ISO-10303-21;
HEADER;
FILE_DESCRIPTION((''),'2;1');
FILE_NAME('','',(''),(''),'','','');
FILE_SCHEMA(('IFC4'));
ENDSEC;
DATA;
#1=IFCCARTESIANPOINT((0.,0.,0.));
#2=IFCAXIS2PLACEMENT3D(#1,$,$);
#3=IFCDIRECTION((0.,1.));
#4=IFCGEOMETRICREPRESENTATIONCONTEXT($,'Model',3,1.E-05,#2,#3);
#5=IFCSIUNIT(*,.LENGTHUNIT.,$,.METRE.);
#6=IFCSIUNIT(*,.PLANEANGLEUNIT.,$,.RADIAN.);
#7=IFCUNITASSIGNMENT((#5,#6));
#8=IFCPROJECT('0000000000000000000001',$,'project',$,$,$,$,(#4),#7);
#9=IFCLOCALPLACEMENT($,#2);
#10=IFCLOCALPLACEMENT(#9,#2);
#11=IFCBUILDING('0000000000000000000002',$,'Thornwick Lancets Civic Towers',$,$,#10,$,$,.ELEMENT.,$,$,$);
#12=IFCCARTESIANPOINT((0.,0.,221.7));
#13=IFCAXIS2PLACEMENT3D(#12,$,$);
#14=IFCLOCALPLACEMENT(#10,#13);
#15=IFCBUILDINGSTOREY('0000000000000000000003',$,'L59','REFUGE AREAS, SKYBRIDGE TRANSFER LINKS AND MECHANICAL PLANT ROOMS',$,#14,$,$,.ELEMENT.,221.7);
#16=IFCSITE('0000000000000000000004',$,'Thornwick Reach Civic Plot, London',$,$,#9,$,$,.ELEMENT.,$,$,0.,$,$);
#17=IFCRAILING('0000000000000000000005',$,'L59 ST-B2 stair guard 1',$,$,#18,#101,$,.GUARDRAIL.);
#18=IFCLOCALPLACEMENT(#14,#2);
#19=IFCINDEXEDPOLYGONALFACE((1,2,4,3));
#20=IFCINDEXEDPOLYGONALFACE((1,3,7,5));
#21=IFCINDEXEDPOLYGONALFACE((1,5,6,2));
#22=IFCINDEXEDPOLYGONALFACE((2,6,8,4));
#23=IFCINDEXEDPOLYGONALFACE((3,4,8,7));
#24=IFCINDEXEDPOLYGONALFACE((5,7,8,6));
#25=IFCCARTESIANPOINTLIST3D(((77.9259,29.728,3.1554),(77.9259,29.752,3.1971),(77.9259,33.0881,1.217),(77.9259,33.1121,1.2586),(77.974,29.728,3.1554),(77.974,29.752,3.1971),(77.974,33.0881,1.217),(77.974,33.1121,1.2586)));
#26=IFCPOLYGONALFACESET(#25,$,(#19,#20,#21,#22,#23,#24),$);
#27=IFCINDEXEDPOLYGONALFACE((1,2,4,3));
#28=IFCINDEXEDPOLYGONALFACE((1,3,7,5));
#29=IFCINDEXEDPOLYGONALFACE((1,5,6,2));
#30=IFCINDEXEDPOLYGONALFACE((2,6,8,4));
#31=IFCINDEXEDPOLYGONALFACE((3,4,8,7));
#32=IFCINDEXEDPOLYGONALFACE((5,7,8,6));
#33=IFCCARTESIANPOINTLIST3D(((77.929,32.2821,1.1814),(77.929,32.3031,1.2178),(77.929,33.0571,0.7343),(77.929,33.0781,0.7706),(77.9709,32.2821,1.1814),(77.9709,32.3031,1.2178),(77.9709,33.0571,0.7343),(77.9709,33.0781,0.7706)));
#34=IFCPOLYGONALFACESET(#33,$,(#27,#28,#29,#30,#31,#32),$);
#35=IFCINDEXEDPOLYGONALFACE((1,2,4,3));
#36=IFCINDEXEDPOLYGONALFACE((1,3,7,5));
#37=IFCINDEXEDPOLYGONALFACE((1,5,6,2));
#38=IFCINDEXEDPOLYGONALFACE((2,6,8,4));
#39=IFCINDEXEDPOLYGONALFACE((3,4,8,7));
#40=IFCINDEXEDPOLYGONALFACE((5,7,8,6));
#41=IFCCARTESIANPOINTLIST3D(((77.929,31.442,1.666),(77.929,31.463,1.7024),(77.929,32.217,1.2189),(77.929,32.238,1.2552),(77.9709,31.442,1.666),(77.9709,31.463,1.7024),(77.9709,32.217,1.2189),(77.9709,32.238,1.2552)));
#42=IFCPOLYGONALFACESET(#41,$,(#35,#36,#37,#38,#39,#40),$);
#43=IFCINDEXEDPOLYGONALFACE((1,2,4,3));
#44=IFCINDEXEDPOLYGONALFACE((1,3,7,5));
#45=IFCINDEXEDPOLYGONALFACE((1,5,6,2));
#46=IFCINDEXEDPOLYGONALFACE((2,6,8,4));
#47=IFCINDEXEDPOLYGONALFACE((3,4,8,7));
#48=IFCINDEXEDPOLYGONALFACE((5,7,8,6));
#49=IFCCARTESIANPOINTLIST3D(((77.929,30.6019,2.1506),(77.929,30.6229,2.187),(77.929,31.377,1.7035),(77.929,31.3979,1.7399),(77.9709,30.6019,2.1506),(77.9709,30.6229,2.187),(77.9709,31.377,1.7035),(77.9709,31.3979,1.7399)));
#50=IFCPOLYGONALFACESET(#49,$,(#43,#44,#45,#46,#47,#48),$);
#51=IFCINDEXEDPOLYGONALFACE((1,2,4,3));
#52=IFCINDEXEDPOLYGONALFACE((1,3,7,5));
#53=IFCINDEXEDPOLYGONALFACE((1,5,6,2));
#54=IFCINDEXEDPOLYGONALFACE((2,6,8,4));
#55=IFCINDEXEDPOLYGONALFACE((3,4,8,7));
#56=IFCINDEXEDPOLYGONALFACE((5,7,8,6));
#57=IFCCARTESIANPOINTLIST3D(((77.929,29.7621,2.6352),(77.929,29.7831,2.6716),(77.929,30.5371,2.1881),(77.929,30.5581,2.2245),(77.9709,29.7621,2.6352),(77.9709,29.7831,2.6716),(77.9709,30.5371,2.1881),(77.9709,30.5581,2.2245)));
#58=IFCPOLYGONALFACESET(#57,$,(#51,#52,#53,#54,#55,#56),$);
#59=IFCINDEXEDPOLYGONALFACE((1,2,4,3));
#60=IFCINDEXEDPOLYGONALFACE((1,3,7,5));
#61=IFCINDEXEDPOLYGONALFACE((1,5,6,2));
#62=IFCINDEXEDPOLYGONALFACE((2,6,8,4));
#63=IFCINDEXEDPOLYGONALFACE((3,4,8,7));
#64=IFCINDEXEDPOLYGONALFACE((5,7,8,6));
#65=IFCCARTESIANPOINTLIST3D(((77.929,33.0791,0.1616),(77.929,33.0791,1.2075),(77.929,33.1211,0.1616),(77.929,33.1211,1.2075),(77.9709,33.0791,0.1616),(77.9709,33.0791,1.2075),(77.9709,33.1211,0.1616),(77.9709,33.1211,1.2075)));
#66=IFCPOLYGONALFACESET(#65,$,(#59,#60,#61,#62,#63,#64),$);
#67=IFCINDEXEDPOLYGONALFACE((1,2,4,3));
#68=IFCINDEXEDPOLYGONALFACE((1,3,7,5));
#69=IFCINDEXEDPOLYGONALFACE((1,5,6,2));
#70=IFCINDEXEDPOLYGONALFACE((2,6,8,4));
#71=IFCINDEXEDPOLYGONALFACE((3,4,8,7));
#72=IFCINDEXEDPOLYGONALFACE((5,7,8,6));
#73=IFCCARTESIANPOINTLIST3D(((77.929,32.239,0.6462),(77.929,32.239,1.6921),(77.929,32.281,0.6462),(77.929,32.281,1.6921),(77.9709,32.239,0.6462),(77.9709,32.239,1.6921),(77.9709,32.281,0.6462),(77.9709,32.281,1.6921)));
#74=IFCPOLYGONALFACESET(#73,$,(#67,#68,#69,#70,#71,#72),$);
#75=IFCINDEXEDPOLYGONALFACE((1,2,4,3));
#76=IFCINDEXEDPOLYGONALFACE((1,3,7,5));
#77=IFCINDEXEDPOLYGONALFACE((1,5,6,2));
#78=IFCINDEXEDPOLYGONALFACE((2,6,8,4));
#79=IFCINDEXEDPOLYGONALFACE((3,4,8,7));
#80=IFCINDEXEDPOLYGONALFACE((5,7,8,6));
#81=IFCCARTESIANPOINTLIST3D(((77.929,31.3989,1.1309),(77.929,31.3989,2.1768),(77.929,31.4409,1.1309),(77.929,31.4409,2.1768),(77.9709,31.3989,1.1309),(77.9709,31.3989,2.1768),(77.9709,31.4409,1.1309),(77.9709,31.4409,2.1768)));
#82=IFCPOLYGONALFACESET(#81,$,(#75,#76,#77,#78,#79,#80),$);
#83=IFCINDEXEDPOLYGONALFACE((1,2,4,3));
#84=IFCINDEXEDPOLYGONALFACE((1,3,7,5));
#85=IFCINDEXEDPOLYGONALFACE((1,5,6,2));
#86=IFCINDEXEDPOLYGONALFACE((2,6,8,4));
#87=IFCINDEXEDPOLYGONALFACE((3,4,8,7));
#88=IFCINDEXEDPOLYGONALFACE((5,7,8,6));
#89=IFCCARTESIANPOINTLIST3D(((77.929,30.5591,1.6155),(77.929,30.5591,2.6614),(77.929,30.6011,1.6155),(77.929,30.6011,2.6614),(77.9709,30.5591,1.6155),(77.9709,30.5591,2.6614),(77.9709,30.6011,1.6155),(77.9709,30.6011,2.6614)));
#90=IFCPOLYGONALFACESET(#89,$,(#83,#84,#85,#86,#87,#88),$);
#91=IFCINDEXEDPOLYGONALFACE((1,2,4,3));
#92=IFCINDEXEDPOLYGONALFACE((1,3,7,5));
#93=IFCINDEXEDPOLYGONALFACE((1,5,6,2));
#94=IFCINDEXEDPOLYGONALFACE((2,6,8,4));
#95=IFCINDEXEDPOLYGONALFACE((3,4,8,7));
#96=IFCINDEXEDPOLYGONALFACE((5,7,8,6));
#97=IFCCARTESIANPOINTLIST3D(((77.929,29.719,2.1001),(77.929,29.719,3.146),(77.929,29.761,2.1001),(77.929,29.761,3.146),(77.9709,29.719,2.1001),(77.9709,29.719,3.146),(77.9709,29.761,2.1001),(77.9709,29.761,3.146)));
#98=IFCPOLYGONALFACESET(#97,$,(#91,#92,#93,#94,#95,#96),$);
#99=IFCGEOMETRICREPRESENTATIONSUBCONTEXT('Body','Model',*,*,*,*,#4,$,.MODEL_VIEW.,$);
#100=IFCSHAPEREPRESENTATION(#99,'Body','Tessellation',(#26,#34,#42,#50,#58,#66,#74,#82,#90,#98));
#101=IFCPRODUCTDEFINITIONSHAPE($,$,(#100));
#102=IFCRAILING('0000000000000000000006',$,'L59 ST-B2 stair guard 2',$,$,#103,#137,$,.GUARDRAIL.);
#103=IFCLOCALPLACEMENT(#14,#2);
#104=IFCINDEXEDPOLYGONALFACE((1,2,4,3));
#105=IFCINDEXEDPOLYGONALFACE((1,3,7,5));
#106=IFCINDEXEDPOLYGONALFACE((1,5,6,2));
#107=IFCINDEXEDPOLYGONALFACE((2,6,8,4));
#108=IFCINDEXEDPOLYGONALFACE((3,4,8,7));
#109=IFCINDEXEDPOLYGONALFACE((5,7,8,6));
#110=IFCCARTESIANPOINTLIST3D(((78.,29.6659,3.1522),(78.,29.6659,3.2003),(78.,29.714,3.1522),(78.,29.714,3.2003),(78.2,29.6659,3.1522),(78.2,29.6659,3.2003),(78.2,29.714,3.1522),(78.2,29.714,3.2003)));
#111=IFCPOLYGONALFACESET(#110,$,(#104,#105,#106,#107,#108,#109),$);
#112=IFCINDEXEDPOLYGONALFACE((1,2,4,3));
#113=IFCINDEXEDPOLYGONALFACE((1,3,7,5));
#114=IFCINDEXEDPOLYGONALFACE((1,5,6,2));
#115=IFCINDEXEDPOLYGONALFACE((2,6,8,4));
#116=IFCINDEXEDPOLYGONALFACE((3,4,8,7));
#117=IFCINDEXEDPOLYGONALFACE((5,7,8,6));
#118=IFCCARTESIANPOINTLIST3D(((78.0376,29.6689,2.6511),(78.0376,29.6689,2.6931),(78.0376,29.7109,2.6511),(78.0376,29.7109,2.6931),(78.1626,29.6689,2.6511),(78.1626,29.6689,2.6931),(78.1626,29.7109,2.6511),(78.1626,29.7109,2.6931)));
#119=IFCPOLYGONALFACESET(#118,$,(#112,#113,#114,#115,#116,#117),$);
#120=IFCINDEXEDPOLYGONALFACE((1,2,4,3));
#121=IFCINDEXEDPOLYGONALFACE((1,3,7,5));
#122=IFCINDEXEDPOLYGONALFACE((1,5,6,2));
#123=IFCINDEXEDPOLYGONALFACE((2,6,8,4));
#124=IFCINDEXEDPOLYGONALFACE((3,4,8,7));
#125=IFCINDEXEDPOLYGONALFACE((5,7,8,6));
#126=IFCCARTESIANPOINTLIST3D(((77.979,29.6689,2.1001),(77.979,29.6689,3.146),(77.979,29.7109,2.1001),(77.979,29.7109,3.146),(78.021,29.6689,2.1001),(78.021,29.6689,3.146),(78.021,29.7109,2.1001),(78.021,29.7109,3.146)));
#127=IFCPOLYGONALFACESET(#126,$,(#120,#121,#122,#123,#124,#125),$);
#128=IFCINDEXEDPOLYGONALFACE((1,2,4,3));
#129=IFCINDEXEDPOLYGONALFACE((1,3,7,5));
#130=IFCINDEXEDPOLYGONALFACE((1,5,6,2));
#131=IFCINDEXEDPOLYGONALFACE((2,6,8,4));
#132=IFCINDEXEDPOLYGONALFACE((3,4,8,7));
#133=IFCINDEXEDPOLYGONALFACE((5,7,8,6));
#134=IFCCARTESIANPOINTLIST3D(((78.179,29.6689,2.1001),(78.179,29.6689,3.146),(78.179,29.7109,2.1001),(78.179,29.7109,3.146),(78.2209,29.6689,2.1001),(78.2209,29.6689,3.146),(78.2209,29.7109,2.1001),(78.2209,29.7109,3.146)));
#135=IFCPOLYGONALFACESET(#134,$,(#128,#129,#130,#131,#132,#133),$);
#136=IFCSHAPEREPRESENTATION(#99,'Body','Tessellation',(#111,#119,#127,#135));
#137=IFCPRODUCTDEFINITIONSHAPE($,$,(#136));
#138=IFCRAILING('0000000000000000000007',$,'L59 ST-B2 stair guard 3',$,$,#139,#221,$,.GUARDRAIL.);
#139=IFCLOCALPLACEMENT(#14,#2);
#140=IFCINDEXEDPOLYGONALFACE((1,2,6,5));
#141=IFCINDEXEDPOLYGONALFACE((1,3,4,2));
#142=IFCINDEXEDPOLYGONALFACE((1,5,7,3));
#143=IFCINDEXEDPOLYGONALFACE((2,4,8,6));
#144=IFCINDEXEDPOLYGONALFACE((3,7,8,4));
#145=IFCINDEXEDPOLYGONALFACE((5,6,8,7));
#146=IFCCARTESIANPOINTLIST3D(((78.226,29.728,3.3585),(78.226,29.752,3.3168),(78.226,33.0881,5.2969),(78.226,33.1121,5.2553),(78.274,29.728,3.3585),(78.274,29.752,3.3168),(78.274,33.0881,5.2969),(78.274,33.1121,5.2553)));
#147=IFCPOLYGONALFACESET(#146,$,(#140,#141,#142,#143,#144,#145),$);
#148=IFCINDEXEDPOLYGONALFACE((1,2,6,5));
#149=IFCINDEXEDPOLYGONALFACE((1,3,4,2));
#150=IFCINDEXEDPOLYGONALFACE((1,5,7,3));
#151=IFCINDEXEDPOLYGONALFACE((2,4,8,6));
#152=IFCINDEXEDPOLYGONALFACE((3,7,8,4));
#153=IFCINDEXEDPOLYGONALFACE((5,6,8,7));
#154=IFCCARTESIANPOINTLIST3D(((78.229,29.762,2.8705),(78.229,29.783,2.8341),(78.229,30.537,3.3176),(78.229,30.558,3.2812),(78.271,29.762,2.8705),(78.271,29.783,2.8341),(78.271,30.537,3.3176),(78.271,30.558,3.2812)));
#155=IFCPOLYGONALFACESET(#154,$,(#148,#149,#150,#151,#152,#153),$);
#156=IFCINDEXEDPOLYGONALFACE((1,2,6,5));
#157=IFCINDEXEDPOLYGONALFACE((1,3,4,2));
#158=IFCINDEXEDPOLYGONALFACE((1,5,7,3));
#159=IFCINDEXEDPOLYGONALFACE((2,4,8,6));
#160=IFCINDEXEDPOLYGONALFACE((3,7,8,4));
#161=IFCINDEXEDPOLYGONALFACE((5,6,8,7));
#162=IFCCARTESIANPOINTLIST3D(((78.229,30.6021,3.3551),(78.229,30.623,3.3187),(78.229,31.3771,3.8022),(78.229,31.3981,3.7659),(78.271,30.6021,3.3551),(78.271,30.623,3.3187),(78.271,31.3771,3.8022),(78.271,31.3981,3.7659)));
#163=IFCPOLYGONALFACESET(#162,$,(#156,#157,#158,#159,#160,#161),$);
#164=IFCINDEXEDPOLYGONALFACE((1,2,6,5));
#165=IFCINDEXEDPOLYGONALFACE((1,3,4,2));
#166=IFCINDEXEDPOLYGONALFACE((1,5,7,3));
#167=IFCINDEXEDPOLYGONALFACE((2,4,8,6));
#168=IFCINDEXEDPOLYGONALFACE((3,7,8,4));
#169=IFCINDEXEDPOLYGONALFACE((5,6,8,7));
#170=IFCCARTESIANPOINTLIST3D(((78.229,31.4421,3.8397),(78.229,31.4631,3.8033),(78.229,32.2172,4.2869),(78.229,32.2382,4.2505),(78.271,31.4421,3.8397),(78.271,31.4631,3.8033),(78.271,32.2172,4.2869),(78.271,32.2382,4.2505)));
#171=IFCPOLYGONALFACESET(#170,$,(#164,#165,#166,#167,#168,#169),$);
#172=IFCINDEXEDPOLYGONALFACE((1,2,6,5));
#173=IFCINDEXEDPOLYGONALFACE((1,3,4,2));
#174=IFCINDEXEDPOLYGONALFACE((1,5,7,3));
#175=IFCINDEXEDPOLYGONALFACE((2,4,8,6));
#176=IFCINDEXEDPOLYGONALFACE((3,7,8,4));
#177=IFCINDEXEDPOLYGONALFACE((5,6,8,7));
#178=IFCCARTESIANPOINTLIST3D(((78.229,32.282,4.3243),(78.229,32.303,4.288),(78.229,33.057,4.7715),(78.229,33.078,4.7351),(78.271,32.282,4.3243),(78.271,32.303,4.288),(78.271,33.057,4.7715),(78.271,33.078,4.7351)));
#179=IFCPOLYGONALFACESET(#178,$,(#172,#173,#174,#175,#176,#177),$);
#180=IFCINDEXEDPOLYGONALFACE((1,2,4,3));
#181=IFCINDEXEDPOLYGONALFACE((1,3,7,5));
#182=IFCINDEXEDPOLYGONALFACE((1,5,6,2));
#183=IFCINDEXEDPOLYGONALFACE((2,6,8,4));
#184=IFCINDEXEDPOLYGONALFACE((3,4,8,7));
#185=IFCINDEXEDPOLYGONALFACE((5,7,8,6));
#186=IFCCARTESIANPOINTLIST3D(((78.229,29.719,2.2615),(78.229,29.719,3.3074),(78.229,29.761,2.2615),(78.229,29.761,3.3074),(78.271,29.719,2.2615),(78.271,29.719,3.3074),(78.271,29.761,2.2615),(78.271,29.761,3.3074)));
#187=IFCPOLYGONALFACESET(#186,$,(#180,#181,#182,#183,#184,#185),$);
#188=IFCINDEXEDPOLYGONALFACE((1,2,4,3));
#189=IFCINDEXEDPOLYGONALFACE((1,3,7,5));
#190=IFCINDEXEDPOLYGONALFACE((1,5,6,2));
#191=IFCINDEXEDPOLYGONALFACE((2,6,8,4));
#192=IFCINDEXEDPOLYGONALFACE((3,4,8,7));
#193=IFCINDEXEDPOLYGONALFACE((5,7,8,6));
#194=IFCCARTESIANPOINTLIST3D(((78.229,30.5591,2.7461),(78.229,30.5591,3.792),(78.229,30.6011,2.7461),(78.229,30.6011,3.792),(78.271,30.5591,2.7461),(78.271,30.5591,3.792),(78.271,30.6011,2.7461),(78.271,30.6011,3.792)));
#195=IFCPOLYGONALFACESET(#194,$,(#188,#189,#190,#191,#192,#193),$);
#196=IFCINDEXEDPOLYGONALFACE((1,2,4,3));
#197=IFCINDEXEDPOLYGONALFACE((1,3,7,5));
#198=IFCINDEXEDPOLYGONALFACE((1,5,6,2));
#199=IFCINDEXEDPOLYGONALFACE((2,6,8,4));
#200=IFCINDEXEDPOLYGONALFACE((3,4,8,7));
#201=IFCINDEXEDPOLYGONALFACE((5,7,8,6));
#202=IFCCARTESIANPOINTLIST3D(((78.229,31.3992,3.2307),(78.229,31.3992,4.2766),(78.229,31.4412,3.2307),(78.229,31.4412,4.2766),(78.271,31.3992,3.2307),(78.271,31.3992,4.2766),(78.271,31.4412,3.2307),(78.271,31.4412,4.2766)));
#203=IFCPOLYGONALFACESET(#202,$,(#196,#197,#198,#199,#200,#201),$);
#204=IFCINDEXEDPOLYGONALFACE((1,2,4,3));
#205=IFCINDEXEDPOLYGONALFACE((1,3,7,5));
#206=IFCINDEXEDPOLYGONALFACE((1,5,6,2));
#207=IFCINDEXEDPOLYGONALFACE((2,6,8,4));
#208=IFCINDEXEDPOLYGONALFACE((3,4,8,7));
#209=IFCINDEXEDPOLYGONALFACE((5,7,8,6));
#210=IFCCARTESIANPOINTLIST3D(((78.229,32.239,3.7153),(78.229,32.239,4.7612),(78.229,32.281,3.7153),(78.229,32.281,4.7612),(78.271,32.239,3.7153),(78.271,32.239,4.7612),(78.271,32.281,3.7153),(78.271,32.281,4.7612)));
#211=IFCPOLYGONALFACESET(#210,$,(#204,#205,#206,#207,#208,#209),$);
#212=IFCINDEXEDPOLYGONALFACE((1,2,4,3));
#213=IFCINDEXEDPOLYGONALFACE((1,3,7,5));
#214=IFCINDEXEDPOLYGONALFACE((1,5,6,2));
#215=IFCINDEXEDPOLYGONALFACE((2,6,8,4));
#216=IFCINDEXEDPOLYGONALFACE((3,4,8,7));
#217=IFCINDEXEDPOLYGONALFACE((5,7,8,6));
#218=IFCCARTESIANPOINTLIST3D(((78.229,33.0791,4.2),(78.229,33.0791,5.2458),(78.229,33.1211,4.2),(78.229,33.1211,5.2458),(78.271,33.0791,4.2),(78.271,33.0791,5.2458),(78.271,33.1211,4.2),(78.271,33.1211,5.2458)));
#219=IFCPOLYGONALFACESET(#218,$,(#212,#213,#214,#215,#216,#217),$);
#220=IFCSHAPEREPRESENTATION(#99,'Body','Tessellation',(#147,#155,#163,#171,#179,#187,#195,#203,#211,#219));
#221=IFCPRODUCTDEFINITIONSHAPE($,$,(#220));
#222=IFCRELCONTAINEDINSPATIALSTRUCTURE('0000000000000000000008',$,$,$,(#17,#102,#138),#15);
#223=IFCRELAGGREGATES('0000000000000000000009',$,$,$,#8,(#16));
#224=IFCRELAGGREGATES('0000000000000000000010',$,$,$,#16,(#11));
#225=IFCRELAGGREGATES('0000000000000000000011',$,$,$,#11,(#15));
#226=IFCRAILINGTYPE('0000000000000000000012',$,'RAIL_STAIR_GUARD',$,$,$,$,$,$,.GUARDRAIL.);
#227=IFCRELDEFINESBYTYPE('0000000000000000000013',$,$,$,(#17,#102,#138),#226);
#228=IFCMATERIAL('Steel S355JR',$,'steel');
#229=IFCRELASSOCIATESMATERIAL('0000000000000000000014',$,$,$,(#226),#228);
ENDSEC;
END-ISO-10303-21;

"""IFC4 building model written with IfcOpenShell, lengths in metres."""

from ifc_helpers import new_model, si_unit, direction, frame, origin, origin_2d, place, context, subcontext, project, spatial, rectangle, extrude, material, type_object, element, save


model = new_model("IFC4")

# Units and contexts
model_context = context("Model", 3, precision=1e-05, world=origin(), true_north=direction((0.0, 1.0)))
body_context = subcontext(model_context, "Body", "Model", "MODEL_VIEW")
ifc_project = project(units=[si_unit("LENGTHUNIT", "METRE"), si_unit("PLANEANGLEUNIT", "RADIAN")], contexts=[model_context])

# Site, building, storey
site_placement = place(None, origin())
site = spatial("IfcSite", under=ifc_project, at=site_placement, Name="Thornwick Reach Civic Plot, London", CompositionType="ELEMENT", RefElevation=0.0)
building_placement = place(site_placement, origin())
building = spatial("IfcBuilding", under=site, at=building_placement, Name="Thornwick Lancets Civic Towers", CompositionType="ELEMENT")
storey_placement = place(building_placement, frame((0.0, 0.0, 221.7)))
storey = spatial("IfcBuildingStorey", under=building, at=storey_placement, Name="L59", Description="REFUGE AREAS, SKYBRIDGE TRANSFER LINKS AND MECHANICAL PLANT ROOMS", CompositionType="ELEMENT", Elevation=221.7)

# Shared definitions
ifc_material_1 = material(Name="Steel S355JR", Category="steel")

# Railings
railing_type_1 = type_object("IfcRailingType", Name="RAIL_STAIR_GUARD", PredefinedType="GUARDRAIL", material=ifc_material_1)
railing_1_placement = place(storey_placement, frame((77.95, 33.1001, 0.1616)))
element("IfcRailing", 1, at=railing_1_placement, inside=storey, type_object=railing_type_1, Name="L59 ST-B2 stair guard 1", PredefinedType="GUARDRAIL", context=body_context, shape_type="SweptSolid", body=[
    extrude(rectangle(XDim=0.0481, YDim=0.0481, at=origin_2d()), frame((0.0, 0.0, 1.0762), z_axis=(0.0, -0.866191, 0.499713), x_axis=(1.0, 0.0, 0.0)), (0.0, 0.0, 1.0), 3.8792),
    extrude(rectangle(XDim=0.042, YDim=0.042, at=origin_2d()), frame((0.0, -0.0325, 0.5908), z_axis=(0.0, -0.866191, 0.499713), x_axis=(1.0, 0.0, 0.0)), (0.0, 0.0, 1.0), 0.8948),
    extrude(rectangle(XDim=0.042, YDim=0.042, at=origin_2d()), frame((0.0, -0.8726, 1.0754), z_axis=(0.0, -0.866191, 0.499713), x_axis=(1.0, 0.0, 0.0)), (0.0, 0.0, 1.0), 0.8948),
    extrude(rectangle(XDim=0.042, YDim=0.042, at=origin_2d()), frame((0.0, -1.7126, 1.5601), z_axis=(0.0, -0.866191, 0.499713), x_axis=(1.0, 0.0, 0.0)), (0.0, 0.0, 1.0), 0.8948),
    extrude(rectangle(XDim=0.042, YDim=0.042, at=origin_2d()), frame((0.0, -2.5525, 2.0447), z_axis=(0.0, -0.866191, 0.499713), x_axis=(1.0, 0.0, 0.0)), (0.0, 0.0, 1.0), 0.8948),
    extrude(rectangle(XDim=0.042, YDim=0.042, at=origin_2d()), origin(), (0.0, 0.0, 1.0), 1.0459),
    extrude(rectangle(XDim=0.042, YDim=0.042, at=origin_2d()), frame((0.0, -0.8401, 0.4846)), (0.0, 0.0, 1.0), 1.0459),
    extrude(rectangle(XDim=0.042, YDim=0.042, at=origin_2d()), frame((0.0, -1.6802, 0.9692)), (0.0, 0.0, 1.0), 1.0459),
    extrude(rectangle(XDim=0.042, YDim=0.042, at=origin_2d()), frame((0.0, -2.52, 1.4539)), (0.0, 0.0, 1.0), 1.0459),
    extrude(rectangle(XDim=0.042, YDim=0.042, at=origin_2d()), frame((0.0, -3.3601, 1.9385)), (0.0, 0.0, 1.0), 1.0459),
])
railing_2_placement = place(storey_placement, frame((78.0, 29.6899, 2.1001)))
element("IfcRailing", 2, at=railing_2_placement, inside=storey, type_object=railing_type_1, Name="L59 ST-B2 stair guard 2", PredefinedType="GUARDRAIL", context=body_context, shape_type="SweptSolid", body=[
    extrude(rectangle(XDim=0.0481, YDim=0.0481, at=origin_2d()), frame((0.0, 0.0, 1.0762), z_axis=(1.0, 0.0, 0.0), x_axis=(0.0, 1.0, 0.0)), (0.0, 0.0, 1.0), 0.2),
    extrude(rectangle(XDim=0.042, YDim=0.042, at=origin_2d()), frame((0.0376, 0.0, 0.572), z_axis=(1.0, 0.0, 0.0), x_axis=(0.0, 1.0, 0.0)), (0.0, 0.0, 1.0), 0.125),
    extrude(rectangle(XDim=0.042, YDim=0.042, at=origin_2d()), origin(), (0.0, 0.0, 1.0), 1.0459),
    extrude(rectangle(XDim=0.042, YDim=0.042, at=origin_2d()), frame((0.2, 0.0, 0.0)), (0.0, 0.0, 1.0), 1.0459),
])
railing_3_placement = place(storey_placement, frame((78.25, 29.74, 2.2615)))
element("IfcRailing", 3, at=railing_3_placement, inside=storey, type_object=railing_type_1, Name="L59 ST-B2 stair guard 3", PredefinedType="GUARDRAIL", context=body_context, shape_type="SweptSolid", body=[
    extrude(rectangle(XDim=0.0481, YDim=0.0481, at=origin_2d()), frame((0.0, 0.0, 1.0762), z_axis=(0.0, 0.866191, 0.499713), x_axis=(-1.0, 0.0, 0.0)), (0.0, 0.0, 1.0), 3.8792),
    extrude(rectangle(XDim=0.042, YDim=0.042, at=origin_2d()), frame((0.0, 0.0325, 0.5908), z_axis=(0.0, 0.866191, 0.499713), x_axis=(-1.0, 0.0, 0.0)), (0.0, 0.0, 1.0), 0.8948),
    extrude(rectangle(XDim=0.042, YDim=0.042, at=origin_2d()), frame((0.0, 0.8726, 1.0754), z_axis=(0.0, 0.866191, 0.499713), x_axis=(-1.0, 0.0, 0.0)), (0.0, 0.0, 1.0), 0.8948),
    extrude(rectangle(XDim=0.042, YDim=0.042, at=origin_2d()), frame((0.0, 1.7126, 1.5601), z_axis=(0.0, 0.866191, 0.499713), x_axis=(-1.0, 0.0, 0.0)), (0.0, 0.0, 1.0), 0.8948),
    extrude(rectangle(XDim=0.042, YDim=0.042, at=origin_2d()), frame((0.0, 2.5525, 2.0447), z_axis=(0.0, 0.866191, 0.499713), x_axis=(-1.0, 0.0, 0.0)), (0.0, 0.0, 1.0), 0.8948),
    extrude(rectangle(XDim=0.042, YDim=0.042, at=origin_2d()), origin(), (0.0, 0.0, 1.0), 1.0459),
    extrude(rectangle(XDim=0.042, YDim=0.042, at=origin_2d()), frame((0.0, 0.8401, 0.4846)), (0.0, 0.0, 1.0), 1.0459),
    extrude(rectangle(XDim=0.042, YDim=0.042, at=origin_2d()), frame((0.0, 1.6802, 0.9692)), (0.0, 0.0, 1.0), 1.0459),
    extrude(rectangle(XDim=0.042, YDim=0.042, at=origin_2d()), frame((0.0, 2.52, 1.4539)), (0.0, 0.0, 1.0), 1.0459),
    extrude(rectangle(XDim=0.042, YDim=0.042, at=origin_2d()), frame((0.0, 3.3601, 1.9385)), (0.0, 0.0, 1.0), 1.0459),
])

save(model, "model.ifc")
